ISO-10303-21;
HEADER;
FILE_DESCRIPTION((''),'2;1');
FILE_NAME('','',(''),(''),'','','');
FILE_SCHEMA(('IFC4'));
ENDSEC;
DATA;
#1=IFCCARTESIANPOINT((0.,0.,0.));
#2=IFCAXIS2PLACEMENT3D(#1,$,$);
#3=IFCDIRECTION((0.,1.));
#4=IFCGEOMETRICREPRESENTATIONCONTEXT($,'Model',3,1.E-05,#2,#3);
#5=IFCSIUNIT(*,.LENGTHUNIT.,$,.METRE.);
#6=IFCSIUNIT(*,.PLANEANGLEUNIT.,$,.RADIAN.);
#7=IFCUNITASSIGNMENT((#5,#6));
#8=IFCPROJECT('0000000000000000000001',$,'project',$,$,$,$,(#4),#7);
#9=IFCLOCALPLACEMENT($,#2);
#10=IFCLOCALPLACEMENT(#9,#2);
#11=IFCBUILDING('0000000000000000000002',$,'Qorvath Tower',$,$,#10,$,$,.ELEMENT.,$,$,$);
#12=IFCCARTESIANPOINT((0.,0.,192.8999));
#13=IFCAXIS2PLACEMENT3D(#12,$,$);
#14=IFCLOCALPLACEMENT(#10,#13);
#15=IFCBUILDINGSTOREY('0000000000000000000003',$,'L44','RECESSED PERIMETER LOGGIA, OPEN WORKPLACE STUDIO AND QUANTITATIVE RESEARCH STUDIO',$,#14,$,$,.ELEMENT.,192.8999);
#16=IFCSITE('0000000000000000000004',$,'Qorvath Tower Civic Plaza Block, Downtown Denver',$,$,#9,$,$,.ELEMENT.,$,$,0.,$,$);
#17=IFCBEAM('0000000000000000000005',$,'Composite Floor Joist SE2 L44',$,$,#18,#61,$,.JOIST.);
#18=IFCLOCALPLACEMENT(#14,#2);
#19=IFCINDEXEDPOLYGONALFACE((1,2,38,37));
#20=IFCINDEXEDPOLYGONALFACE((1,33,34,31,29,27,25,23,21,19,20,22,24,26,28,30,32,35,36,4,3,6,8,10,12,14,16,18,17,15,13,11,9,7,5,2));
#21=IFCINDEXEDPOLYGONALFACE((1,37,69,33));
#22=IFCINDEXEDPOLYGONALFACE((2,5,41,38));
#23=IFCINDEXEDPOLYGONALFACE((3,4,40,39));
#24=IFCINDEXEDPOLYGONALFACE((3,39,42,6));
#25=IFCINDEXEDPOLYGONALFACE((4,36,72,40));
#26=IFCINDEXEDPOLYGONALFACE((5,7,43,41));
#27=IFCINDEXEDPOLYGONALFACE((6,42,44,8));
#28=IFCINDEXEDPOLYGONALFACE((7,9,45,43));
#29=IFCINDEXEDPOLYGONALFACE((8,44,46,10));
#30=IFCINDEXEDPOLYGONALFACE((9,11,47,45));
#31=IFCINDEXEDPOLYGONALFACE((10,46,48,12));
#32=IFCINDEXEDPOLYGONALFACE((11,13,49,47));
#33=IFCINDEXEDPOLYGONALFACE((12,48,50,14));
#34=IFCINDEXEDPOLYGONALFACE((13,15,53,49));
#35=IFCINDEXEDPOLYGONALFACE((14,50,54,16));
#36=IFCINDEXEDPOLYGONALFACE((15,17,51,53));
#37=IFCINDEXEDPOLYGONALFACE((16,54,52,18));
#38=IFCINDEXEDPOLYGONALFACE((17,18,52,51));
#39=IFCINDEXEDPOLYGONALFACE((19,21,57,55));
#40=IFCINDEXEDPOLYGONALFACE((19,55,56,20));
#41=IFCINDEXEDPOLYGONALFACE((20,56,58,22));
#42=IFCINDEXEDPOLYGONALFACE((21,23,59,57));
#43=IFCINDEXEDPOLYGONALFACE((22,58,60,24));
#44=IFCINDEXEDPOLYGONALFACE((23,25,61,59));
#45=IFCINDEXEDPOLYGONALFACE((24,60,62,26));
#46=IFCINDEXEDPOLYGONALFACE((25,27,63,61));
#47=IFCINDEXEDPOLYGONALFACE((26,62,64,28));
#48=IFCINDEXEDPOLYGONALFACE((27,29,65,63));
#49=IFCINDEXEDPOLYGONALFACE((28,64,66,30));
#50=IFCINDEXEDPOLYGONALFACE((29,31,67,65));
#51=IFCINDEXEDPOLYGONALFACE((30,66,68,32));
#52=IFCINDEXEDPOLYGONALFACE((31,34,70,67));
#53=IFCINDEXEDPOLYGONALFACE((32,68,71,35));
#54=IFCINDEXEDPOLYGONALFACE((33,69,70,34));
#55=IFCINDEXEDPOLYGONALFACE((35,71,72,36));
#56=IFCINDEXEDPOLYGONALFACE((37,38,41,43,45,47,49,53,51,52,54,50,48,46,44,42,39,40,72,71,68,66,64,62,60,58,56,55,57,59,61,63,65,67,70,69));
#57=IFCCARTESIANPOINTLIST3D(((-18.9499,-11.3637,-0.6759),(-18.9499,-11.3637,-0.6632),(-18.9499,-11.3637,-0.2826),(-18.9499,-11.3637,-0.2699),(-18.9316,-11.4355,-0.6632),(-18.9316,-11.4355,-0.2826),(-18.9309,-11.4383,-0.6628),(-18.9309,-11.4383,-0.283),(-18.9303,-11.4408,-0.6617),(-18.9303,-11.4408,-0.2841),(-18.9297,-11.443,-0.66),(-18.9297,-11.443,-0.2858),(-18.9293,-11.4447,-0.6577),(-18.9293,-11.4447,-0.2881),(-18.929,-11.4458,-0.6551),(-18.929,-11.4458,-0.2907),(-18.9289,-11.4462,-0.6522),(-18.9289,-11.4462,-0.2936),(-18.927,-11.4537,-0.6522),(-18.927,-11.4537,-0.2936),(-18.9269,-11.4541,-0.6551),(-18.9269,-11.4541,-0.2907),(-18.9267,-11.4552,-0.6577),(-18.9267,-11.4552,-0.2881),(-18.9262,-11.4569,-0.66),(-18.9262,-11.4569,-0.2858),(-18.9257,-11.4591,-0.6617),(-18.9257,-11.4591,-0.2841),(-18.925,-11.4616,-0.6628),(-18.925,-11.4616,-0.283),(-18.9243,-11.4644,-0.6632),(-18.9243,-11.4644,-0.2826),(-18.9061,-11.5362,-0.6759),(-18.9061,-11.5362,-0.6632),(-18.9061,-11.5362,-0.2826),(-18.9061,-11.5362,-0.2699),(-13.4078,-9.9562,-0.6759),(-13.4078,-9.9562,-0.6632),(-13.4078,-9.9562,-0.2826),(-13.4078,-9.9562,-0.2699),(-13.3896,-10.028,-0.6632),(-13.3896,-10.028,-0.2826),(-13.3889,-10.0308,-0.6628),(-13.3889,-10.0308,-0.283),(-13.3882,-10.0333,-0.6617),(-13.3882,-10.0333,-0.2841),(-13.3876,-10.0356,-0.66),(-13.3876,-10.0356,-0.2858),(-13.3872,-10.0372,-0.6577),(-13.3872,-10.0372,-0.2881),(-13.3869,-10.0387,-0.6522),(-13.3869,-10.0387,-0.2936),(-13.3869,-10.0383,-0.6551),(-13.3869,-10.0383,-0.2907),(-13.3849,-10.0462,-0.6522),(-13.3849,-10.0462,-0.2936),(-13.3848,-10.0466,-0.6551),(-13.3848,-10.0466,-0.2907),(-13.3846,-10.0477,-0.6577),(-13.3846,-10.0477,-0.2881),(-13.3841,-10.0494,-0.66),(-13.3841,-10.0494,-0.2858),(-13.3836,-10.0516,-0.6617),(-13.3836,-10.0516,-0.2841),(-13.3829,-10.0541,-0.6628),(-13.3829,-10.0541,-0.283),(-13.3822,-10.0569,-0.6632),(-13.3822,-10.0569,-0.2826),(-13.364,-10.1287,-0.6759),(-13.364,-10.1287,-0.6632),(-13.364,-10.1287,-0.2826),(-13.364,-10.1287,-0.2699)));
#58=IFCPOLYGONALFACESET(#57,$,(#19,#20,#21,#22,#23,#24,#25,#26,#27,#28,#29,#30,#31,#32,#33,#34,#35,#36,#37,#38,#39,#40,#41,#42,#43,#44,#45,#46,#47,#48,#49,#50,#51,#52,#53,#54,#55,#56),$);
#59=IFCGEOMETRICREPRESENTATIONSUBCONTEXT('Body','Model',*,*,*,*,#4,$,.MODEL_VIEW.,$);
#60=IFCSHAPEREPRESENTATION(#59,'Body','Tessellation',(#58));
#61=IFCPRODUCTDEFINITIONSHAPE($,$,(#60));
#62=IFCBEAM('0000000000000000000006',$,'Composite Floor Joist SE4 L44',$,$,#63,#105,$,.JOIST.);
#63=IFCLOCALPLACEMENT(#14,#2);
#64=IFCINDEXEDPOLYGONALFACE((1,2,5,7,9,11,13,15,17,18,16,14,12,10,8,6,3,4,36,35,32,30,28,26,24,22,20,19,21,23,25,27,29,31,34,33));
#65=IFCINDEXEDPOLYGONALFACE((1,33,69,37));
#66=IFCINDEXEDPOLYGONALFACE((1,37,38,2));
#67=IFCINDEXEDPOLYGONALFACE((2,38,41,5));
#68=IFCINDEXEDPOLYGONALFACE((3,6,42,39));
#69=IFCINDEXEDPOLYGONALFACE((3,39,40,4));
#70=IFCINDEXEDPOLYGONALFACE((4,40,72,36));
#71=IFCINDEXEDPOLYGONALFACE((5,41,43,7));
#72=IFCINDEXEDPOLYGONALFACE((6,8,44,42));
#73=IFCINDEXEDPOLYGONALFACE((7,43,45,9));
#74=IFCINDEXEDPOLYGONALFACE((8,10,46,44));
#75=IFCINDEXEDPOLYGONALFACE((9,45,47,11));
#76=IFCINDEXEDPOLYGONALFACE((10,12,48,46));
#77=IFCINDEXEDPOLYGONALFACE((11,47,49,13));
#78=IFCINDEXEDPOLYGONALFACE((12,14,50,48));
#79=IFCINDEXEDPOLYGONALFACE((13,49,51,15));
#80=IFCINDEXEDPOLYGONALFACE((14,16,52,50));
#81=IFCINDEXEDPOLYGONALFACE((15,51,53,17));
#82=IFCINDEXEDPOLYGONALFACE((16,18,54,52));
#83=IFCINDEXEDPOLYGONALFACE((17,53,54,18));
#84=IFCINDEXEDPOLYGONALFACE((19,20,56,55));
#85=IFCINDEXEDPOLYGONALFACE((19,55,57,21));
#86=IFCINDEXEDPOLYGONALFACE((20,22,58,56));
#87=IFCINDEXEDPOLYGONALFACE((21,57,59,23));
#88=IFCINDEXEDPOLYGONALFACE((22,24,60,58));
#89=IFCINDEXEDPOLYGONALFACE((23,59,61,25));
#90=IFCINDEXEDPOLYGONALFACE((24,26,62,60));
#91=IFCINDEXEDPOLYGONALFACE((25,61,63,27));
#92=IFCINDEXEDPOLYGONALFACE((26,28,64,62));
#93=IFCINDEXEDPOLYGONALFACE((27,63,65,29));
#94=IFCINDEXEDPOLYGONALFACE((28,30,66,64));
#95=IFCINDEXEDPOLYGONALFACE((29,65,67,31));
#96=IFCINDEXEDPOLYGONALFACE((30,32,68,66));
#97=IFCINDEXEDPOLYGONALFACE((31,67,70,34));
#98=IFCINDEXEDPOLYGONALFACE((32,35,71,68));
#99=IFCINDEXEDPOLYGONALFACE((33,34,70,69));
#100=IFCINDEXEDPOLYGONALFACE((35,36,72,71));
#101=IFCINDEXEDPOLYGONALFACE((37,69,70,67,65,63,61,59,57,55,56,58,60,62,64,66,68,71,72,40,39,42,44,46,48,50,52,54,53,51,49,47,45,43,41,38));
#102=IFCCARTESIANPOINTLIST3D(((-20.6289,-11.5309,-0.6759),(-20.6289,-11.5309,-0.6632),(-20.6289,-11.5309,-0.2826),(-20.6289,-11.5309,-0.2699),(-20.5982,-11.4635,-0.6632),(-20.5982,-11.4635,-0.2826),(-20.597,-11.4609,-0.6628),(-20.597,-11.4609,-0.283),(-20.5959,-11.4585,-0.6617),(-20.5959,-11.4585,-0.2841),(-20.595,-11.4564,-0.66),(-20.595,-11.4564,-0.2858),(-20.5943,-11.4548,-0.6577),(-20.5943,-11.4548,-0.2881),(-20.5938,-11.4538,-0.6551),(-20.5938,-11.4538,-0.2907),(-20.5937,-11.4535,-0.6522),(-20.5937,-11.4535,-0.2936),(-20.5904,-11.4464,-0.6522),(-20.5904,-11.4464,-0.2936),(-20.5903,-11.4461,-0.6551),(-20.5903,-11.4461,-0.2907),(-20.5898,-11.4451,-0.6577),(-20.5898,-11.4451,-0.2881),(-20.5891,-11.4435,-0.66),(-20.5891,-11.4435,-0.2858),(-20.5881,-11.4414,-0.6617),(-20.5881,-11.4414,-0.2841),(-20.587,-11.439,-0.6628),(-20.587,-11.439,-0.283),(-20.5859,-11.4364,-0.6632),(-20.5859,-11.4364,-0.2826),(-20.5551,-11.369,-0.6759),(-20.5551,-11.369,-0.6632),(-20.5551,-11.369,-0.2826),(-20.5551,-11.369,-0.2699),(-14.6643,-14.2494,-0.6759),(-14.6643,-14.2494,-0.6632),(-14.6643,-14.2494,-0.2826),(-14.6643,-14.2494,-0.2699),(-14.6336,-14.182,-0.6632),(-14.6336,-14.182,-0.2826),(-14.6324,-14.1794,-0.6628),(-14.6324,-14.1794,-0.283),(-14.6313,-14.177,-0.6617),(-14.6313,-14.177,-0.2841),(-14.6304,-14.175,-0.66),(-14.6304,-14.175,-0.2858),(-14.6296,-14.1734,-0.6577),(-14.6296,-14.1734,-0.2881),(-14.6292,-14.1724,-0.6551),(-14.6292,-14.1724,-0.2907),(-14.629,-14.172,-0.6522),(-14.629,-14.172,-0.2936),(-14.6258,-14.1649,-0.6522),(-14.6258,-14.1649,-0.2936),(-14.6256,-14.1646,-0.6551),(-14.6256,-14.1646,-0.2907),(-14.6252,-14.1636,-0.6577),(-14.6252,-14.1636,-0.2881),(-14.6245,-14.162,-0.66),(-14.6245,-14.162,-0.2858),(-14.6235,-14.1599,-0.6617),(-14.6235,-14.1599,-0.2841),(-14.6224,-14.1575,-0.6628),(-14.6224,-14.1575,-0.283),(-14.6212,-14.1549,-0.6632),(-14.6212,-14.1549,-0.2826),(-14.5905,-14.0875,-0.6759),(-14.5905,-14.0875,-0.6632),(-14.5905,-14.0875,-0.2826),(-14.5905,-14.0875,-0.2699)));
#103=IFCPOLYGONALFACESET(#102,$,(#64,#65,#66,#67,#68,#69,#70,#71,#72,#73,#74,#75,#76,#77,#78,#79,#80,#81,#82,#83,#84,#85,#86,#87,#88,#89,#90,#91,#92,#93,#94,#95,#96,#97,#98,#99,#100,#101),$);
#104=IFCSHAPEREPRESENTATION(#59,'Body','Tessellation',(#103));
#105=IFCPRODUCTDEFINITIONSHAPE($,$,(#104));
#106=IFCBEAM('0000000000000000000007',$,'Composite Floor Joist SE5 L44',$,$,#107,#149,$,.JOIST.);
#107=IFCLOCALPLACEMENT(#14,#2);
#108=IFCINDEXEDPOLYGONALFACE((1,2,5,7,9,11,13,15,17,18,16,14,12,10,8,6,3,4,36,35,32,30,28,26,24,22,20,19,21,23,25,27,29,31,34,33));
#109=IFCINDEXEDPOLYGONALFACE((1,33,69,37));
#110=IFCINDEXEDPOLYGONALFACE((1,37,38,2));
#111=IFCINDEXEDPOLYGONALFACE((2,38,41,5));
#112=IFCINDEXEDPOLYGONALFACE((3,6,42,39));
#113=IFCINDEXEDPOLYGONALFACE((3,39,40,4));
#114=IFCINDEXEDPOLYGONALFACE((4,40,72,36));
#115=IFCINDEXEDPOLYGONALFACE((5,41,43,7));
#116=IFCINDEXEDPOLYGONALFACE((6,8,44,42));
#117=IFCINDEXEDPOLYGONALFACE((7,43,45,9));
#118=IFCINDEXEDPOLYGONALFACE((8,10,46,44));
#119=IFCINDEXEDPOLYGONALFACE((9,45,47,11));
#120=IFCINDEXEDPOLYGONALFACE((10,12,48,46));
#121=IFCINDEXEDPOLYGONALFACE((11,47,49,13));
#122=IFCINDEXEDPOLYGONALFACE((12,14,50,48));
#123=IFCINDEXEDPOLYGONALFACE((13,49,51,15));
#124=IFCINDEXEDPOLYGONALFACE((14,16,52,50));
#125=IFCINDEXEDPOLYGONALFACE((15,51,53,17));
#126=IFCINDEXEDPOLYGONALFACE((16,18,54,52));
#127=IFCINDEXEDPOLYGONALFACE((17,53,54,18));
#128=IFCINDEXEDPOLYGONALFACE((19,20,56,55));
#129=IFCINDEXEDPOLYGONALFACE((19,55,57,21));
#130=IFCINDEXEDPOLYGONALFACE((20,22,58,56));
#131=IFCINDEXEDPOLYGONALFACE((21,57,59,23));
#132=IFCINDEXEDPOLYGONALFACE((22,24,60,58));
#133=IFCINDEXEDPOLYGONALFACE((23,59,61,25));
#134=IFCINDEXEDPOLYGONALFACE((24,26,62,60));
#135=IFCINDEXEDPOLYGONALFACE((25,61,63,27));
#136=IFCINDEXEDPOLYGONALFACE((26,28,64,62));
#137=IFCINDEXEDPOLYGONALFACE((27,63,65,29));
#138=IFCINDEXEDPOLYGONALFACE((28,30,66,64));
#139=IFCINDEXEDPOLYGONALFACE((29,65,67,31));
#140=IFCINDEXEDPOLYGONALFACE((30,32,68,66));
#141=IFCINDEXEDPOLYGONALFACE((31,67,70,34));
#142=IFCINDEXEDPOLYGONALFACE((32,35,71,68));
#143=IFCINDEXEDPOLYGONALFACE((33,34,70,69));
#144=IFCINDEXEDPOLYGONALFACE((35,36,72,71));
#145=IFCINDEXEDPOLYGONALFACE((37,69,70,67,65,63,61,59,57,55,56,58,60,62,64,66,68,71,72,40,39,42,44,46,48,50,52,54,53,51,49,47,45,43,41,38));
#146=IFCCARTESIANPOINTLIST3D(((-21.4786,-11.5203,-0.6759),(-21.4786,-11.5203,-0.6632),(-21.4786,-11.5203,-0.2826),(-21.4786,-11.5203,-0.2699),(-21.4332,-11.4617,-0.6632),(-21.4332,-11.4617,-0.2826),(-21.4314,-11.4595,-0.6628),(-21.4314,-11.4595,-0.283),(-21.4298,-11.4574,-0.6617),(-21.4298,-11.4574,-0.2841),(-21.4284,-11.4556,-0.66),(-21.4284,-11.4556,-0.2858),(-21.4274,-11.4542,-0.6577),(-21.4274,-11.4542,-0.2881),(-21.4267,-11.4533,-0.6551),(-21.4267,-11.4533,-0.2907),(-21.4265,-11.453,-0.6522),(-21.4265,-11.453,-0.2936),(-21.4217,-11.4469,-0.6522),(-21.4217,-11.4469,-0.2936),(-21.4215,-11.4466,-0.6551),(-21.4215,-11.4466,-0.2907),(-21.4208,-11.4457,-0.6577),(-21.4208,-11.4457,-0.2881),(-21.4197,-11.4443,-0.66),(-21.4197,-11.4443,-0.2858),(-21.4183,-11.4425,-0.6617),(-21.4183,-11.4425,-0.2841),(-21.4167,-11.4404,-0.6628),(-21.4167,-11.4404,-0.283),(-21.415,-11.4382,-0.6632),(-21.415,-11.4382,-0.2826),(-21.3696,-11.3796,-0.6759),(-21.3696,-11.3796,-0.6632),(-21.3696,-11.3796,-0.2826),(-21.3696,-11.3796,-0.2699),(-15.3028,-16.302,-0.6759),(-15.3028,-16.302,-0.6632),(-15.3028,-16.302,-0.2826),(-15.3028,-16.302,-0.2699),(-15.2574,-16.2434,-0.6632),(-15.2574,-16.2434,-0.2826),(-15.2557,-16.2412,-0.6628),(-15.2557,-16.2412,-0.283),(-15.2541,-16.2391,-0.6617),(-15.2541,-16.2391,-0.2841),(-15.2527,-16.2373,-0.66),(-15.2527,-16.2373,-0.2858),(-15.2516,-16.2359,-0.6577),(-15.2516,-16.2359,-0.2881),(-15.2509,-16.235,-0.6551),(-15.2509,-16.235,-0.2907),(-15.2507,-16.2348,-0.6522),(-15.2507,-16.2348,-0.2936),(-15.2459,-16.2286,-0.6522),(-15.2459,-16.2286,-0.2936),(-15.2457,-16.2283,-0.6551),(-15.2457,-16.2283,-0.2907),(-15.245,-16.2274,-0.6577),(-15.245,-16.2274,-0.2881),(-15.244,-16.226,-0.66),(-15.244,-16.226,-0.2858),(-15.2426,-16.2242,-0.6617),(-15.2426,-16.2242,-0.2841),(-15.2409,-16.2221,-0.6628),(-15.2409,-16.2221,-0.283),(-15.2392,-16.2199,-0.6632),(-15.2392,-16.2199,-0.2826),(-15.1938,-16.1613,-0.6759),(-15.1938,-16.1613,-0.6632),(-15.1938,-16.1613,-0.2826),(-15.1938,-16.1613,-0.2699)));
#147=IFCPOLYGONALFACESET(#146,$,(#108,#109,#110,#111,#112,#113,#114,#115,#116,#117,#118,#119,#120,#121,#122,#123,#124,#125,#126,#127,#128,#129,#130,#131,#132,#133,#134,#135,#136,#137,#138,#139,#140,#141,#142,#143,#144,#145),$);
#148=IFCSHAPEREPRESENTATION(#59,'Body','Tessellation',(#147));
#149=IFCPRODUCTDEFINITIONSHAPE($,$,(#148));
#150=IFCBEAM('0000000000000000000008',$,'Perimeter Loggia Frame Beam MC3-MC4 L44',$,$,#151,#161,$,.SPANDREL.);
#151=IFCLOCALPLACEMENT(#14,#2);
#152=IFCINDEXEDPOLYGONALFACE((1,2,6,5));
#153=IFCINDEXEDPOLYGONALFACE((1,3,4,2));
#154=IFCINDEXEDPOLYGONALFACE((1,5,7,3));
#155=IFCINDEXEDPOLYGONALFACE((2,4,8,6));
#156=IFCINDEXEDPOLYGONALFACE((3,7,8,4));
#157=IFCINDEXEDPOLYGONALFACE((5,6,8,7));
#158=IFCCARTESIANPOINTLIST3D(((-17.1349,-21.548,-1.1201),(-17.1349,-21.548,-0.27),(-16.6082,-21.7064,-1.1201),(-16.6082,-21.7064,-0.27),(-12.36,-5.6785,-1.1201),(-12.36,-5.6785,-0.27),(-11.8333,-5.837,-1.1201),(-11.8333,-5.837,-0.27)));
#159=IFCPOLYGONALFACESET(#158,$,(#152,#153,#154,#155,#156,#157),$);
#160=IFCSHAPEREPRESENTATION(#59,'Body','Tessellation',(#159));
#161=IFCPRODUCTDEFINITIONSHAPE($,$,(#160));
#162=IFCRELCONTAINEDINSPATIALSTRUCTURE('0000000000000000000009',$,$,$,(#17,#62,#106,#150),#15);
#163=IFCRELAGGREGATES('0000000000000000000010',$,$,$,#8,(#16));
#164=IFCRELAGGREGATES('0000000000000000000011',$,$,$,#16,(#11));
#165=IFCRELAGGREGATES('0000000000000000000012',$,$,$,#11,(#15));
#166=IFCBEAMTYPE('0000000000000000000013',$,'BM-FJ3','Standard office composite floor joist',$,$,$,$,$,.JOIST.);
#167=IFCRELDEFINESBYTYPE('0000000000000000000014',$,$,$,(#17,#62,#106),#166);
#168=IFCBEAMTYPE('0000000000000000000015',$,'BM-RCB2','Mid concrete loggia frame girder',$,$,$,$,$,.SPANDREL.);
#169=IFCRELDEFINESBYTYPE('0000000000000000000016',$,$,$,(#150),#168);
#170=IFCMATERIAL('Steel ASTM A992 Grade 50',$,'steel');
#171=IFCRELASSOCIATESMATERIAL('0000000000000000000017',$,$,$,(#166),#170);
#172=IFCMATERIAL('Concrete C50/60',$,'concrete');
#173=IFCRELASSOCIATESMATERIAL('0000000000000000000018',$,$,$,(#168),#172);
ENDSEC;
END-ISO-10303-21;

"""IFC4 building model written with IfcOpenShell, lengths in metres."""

from ifc_helpers import new_model, si_unit, direction, frame, origin, origin_2d, place, context, subcontext, project, spatial, rectangle, i_section, extrude, material, material_profile, profile_set, type_object, element, save


model = new_model("IFC4")

# Units and contexts
model_context = context("Model", 3, precision=1e-05, world=origin(), true_north=direction((0.0, 1.0)))
body_context = subcontext(model_context, "Body", "Model", "MODEL_VIEW")
ifc_project = project(units=[si_unit("LENGTHUNIT", "METRE"), si_unit("PLANEANGLEUNIT", "RADIAN")], contexts=[model_context])

# Site, building, storey
site_placement = place(None, origin())
site = spatial("IfcSite", under=ifc_project, at=site_placement, Name="Qorvath Tower Civic Plaza Block, Downtown Denver", CompositionType="ELEMENT", RefElevation=0.0)
building_placement = place(site_placement, origin())
building = spatial("IfcBuilding", under=site, at=building_placement, Name="Qorvath Tower", CompositionType="ELEMENT")
storey_placement = place(building_placement, frame((0.0, 0.0, 192.8999)))
storey = spatial("IfcBuildingStorey", under=building, at=storey_placement, Name="L44", Description="RECESSED PERIMETER LOGGIA, OPEN WORKPLACE STUDIO AND QUANTITATIVE RESEARCH STUDIO", CompositionType="ELEMENT", Elevation=192.8999)

# Beams
ifc_material_1 = material(Name="Steel ASTM A992 Grade 50", Category="steel")
ifc_material_profile_1 = material_profile(ifc_material_1, i_section(OverallWidth=0.178, OverallDepth=0.406, WebThickness=0.0078, FlangeThickness=0.0127, FilletRadius=0.011, at=origin_2d()), Name="W16x40")
ifc_profile_set_1 = profile_set([ifc_material_profile_1], Name="Steel ASTM A992 Grade 50")
beam_type_1 = type_object("IfcBeamType", Name="BM-FJ3", Description="Standard office composite floor joist", PredefinedType="JOIST", material=ifc_profile_set_1)
beam_1_placement = place(storey_placement, frame((-18.928, -11.45, -0.4729), z_axis=(0.969232, 0.246151, 0.0), x_axis=(-0.246151, 0.969232, 0.0)))
element("IfcBeam", 1, at=beam_1_placement, inside=storey, type_object=beam_type_1, Name="Composite Floor Joist SE2 L44", PredefinedType="JOIST", context=body_context, shape_type="SweptSolid", body=[
    extrude(i_section(OverallWidth=0.178, OverallDepth=0.406, WebThickness=0.0078, FlangeThickness=0.0127, FilletRadius=0.011, at=origin_2d()), origin(), (0.0, 0.0, 1.0), 5.718),
])
beam_2_placement = place(storey_placement, frame((-20.592, -11.45, -0.4729), z_axis=(0.909945, -0.414729, 0.0), x_axis=(0.414729, 0.909945, 0.0)))
element("IfcBeam", 2, at=beam_2_placement, inside=storey, type_object=beam_type_1, Name="Composite Floor Joist SE4 L44", PredefinedType="JOIST", context=body_context, shape_type="SweptSolid", body=[
    extrude(i_section(OverallWidth=0.178, OverallDepth=0.406, WebThickness=0.0078, FlangeThickness=0.0127, FilletRadius=0.011, at=origin_2d()), origin(), (0.0, 0.0, 1.0), 6.5549),
])
beam_3_placement = place(storey_placement, frame((-21.4241, -11.45, -0.4729), z_axis=(0.790693, -0.612212, 0.0), x_axis=(0.612212, 0.790693, 0.0)))
element("IfcBeam", 3, at=beam_3_placement, inside=storey, type_object=beam_type_1, Name="Composite Floor Joist SE5 L44", PredefinedType="JOIST", context=body_context, shape_type="SweptSolid", body=[
    extrude(i_section(OverallWidth=0.178, OverallDepth=0.406, WebThickness=0.0078, FlangeThickness=0.0127, FilletRadius=0.011, at=origin_2d()), origin(), (0.0, 0.0, 1.0), 7.8105),
])
ifc_material_2 = material(Name="Concrete C50/60", Category="concrete")
ifc_material_profile_2 = material_profile(ifc_material_2, rectangle(XDim=0.55, YDim=0.8501, at=origin_2d()), Name="RCB 850x550")
ifc_profile_set_2 = profile_set([ifc_material_profile_2], Name="Concrete C50/60")
beam_type_2 = type_object("IfcBeamType", Name="BM-RCB2", Description="Mid concrete loggia frame girder", PredefinedType="SPANDREL", material=ifc_profile_set_2)
beam_4_placement = place(storey_placement, frame((-16.8716, -21.6272, -0.6951), z_axis=(0.288128, 0.957592, 0.0), x_axis=(-0.957592, 0.288128, 0.0)))
element("IfcBeam", 4, at=beam_4_placement, inside=storey, type_object=beam_type_2, Name="Perimeter Loggia Frame Beam MC3-MC4 L44", PredefinedType="SPANDREL", context=body_context, shape_type="SweptSolid", body=[
    extrude(rectangle(XDim=0.55, YDim=0.8501, at=origin_2d()), origin(), (0.0, 0.0, 1.0), 16.5723),
])

save(model, "model.ifc")
